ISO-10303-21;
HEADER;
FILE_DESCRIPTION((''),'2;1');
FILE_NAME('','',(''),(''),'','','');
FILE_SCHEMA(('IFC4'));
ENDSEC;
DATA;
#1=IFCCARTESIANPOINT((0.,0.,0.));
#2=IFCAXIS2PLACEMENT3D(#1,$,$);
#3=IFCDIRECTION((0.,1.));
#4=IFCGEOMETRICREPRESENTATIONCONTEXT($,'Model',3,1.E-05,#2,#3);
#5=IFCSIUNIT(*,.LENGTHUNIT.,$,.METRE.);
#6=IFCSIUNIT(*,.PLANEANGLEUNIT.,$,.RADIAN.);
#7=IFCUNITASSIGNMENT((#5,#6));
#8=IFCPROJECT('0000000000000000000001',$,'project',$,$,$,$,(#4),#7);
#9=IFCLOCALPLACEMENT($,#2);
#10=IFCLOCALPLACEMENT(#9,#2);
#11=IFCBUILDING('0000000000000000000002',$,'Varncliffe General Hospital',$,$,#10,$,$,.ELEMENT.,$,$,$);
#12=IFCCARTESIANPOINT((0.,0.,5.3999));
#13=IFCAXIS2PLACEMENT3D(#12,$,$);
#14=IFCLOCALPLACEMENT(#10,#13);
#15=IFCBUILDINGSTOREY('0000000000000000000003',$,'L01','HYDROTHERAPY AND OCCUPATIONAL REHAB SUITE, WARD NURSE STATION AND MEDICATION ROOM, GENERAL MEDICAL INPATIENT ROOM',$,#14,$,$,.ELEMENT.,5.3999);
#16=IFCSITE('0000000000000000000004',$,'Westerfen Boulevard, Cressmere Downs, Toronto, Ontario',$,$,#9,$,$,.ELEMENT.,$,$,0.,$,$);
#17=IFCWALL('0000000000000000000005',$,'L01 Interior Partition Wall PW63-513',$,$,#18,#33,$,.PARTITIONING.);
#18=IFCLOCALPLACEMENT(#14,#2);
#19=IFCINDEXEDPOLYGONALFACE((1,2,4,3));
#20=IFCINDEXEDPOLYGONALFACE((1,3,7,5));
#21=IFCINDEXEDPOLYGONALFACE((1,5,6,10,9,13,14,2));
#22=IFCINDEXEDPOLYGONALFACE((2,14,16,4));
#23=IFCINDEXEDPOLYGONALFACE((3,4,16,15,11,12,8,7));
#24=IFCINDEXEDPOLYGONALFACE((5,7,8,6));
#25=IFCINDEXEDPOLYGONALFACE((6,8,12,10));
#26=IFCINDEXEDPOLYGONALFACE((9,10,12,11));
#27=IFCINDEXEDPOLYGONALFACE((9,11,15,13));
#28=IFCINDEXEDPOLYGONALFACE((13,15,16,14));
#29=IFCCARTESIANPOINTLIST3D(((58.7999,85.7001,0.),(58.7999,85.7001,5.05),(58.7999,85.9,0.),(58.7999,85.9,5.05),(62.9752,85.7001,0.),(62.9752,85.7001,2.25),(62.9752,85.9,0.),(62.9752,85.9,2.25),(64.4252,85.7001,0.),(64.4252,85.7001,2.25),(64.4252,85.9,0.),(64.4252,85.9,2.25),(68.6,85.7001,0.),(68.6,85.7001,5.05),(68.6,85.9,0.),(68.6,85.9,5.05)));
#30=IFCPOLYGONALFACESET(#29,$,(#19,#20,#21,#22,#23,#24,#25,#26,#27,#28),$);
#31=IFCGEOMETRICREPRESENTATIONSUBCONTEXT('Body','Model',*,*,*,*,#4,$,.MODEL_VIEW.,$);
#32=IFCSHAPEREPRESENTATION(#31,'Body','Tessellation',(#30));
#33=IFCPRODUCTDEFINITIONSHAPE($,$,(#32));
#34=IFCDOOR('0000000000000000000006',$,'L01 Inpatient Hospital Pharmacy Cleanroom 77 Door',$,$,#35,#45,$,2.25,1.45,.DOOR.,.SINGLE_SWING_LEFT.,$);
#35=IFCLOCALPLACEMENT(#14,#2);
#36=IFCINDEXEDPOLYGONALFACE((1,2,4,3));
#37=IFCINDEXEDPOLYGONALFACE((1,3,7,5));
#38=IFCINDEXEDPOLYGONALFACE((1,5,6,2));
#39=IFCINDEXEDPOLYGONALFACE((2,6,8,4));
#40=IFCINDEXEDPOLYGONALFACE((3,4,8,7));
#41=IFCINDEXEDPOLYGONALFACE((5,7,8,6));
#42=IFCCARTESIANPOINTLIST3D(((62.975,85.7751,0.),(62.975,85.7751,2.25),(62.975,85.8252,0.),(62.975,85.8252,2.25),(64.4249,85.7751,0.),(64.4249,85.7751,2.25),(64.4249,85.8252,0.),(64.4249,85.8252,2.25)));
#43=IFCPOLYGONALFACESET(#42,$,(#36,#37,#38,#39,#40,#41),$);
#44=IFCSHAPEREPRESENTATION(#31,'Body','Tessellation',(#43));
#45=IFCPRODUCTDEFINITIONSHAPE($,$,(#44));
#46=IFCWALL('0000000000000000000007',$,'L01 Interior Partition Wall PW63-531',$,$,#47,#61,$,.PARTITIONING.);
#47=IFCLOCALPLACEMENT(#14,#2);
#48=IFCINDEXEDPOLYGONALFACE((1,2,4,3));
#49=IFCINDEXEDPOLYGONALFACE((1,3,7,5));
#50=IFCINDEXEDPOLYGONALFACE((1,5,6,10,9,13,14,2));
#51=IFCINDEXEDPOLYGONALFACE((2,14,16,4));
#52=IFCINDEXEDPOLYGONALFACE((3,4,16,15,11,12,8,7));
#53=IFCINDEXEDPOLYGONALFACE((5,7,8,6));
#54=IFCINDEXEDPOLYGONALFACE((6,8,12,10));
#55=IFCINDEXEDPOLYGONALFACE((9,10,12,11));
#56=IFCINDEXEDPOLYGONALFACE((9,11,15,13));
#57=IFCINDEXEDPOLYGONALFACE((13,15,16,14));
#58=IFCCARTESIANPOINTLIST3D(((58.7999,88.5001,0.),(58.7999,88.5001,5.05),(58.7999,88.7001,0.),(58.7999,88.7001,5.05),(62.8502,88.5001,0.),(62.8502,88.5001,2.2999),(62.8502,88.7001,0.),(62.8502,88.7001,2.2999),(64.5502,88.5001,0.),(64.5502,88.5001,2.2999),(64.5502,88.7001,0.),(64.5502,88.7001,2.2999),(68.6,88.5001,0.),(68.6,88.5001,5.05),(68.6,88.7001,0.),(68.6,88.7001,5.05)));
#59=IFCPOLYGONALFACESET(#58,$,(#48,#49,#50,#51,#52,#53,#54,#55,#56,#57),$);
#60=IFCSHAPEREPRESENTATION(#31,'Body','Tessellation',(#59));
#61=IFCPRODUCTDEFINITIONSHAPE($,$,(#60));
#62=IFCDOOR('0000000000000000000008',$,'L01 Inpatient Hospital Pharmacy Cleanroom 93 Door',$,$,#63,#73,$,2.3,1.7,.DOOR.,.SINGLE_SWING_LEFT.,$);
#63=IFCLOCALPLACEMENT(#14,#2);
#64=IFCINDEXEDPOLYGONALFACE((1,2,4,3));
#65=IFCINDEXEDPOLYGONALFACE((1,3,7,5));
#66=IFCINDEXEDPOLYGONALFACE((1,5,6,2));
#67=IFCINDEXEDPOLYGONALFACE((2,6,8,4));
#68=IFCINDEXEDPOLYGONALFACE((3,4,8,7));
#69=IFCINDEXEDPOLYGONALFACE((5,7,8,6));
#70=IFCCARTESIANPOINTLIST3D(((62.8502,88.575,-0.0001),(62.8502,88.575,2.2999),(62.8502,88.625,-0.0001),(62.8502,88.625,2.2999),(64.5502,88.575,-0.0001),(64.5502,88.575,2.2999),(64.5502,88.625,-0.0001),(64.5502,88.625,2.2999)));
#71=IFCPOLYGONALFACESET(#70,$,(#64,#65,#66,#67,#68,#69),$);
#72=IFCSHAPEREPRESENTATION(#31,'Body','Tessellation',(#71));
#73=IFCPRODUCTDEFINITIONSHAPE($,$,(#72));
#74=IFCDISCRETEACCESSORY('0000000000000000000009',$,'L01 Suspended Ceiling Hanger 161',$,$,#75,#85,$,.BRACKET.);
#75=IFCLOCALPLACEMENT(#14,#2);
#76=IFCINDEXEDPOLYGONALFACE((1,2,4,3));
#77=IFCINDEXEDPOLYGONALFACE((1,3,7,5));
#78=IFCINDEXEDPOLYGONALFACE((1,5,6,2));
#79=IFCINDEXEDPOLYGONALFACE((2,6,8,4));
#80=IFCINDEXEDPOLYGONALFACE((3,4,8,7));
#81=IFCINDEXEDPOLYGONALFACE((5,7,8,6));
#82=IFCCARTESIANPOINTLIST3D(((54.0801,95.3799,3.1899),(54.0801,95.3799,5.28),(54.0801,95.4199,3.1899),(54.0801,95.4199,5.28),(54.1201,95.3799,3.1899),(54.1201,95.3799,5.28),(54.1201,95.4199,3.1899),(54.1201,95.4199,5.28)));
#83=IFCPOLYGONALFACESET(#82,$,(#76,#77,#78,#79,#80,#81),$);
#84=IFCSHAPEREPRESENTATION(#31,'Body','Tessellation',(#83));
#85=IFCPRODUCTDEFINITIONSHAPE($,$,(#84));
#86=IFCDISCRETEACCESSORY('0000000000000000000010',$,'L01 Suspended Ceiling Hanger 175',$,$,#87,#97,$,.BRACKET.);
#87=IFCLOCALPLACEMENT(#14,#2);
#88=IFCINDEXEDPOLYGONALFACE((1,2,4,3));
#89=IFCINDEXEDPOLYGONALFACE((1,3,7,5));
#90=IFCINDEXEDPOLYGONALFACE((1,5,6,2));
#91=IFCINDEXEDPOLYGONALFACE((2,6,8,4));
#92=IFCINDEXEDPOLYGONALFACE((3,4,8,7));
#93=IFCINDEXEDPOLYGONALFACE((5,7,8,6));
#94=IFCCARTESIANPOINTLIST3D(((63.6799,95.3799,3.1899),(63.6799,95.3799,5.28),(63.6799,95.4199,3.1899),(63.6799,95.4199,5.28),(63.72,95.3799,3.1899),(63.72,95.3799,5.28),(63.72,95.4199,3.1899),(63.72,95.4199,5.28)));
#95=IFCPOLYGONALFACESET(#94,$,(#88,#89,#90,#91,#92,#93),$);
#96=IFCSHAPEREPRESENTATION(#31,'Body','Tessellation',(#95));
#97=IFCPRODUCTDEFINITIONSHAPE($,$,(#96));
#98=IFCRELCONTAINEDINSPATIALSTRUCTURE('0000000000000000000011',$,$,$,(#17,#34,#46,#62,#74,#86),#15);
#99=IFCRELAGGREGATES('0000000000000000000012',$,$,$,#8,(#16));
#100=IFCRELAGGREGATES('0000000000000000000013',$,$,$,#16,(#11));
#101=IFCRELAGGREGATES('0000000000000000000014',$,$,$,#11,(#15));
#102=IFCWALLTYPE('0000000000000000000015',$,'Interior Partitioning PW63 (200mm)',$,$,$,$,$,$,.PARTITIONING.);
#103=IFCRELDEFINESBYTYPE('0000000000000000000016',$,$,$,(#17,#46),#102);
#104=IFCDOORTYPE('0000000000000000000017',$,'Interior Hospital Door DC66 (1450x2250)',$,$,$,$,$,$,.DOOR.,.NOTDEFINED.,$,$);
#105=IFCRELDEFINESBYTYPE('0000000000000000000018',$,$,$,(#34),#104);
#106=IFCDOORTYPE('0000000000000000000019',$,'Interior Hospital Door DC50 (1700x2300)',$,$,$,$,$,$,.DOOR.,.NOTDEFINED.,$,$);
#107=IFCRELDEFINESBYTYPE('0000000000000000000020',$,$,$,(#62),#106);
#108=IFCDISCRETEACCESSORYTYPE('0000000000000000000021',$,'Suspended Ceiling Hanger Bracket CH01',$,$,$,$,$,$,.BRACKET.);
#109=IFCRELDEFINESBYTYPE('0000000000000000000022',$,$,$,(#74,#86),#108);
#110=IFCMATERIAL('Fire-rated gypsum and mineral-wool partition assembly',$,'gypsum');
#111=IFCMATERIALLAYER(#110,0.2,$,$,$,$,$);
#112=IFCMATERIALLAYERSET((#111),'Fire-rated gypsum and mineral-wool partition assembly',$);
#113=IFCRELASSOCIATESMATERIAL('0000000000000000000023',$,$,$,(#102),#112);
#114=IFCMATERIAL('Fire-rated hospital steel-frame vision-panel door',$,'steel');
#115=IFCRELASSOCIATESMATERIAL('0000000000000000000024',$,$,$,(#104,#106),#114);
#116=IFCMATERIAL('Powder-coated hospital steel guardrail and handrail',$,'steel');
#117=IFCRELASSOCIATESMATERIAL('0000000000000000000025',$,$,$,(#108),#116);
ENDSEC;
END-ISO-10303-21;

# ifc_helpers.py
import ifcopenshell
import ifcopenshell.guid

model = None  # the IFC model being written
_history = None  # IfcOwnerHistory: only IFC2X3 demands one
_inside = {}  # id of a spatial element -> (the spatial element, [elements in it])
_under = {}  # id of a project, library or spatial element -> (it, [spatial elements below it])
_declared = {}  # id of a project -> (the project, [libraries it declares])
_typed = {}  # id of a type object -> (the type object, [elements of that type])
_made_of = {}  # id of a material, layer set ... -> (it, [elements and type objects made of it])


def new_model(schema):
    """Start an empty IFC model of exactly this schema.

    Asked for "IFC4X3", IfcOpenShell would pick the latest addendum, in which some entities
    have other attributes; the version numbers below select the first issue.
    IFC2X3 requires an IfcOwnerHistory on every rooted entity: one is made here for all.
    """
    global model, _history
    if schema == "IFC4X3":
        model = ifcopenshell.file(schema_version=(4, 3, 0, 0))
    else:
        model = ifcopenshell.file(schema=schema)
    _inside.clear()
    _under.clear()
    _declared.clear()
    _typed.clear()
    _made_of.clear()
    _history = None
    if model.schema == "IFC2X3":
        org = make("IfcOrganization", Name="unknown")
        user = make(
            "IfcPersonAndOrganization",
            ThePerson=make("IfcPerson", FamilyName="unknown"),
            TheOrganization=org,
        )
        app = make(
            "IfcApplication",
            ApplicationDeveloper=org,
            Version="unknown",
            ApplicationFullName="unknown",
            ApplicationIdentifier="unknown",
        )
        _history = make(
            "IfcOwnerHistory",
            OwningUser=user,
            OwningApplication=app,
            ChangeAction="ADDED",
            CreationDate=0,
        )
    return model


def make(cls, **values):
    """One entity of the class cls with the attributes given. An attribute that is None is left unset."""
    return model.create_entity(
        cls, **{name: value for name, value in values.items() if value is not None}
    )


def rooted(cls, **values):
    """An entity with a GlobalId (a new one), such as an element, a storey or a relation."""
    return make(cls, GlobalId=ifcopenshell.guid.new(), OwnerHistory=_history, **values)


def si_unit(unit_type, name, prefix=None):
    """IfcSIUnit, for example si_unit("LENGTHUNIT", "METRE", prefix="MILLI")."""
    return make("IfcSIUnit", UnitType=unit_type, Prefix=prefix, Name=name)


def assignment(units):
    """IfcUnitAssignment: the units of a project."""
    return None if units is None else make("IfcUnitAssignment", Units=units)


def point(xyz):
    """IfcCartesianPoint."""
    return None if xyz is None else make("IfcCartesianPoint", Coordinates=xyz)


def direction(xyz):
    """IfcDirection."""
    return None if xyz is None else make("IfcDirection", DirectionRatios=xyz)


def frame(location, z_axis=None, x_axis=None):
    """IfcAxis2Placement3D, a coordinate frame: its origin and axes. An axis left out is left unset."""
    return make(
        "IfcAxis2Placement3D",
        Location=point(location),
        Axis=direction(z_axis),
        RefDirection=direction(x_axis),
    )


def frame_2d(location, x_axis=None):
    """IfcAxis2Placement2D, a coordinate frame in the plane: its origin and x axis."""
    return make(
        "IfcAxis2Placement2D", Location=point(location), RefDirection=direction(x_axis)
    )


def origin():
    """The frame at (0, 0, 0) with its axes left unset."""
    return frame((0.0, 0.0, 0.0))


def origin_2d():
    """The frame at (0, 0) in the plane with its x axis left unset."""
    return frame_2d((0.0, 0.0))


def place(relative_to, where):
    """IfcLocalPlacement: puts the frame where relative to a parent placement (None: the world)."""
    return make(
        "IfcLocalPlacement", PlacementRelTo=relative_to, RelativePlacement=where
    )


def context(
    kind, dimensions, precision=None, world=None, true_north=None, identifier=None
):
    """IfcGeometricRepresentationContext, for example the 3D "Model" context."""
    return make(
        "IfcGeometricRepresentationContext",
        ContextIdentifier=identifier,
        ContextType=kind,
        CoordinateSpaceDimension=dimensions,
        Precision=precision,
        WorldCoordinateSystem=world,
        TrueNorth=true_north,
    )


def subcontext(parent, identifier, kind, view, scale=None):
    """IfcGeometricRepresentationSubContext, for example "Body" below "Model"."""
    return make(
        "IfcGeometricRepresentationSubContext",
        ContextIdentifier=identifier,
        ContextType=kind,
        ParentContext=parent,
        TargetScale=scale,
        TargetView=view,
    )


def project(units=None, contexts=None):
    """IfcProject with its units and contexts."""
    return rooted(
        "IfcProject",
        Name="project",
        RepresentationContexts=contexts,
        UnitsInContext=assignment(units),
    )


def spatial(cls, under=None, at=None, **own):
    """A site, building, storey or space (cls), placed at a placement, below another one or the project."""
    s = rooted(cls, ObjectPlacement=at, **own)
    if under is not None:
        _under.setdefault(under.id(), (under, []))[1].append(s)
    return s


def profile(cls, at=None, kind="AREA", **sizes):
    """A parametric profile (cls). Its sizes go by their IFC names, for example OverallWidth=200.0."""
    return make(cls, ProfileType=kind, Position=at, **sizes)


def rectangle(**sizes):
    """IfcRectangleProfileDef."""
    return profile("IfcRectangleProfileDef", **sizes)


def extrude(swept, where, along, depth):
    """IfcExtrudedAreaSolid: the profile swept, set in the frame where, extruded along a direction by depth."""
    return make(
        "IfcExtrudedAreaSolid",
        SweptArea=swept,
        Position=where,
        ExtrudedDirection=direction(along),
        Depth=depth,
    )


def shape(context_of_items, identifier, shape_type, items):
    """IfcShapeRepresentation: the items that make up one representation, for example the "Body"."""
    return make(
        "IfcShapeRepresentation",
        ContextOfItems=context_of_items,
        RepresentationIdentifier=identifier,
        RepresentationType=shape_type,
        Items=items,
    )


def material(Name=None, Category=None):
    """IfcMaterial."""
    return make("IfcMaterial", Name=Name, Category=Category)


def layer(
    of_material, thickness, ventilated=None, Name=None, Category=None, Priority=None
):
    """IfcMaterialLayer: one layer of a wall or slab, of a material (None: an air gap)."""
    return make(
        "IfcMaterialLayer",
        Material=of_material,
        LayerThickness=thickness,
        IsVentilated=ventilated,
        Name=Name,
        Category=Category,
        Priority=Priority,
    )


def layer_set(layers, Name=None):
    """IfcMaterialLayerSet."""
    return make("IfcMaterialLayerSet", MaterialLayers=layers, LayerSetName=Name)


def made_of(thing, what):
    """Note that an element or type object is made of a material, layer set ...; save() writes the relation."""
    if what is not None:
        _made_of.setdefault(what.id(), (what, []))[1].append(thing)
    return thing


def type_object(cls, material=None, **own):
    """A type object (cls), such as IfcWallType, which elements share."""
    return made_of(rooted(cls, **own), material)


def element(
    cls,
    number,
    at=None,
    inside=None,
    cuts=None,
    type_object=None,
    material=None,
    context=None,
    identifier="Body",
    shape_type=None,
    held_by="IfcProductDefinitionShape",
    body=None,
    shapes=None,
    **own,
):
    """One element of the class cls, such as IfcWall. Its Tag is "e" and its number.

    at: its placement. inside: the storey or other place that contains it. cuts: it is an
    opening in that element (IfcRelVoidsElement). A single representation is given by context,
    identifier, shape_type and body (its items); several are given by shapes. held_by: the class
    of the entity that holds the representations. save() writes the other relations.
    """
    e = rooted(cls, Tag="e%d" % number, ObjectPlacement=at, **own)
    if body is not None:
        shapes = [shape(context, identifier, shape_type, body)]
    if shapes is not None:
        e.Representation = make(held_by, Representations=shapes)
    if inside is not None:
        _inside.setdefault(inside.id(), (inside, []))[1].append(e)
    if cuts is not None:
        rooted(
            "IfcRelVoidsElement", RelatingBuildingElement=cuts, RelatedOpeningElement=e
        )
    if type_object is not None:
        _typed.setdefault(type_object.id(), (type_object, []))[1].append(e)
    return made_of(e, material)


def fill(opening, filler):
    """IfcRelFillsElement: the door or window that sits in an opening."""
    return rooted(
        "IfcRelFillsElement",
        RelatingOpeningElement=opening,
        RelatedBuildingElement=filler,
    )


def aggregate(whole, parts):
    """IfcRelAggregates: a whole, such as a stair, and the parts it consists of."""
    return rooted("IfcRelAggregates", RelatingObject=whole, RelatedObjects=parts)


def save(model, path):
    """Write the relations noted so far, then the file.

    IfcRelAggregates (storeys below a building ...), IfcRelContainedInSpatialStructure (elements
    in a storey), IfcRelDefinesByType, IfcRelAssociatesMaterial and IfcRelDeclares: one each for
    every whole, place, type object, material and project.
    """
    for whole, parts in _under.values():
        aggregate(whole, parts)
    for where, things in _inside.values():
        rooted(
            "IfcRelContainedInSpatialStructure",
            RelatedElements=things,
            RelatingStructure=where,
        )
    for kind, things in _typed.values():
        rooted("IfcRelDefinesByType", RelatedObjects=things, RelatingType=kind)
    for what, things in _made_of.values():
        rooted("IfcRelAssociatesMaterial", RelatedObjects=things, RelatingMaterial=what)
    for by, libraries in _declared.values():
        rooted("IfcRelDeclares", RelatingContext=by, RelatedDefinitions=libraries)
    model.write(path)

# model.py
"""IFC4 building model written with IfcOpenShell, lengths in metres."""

from ifc_helpers import new_model, si_unit, direction, frame, frame_2d, origin, origin_2d, place, context, subcontext, project, spatial, rectangle, extrude, material, layer, layer_set, type_object, element, fill, save


model = new_model("IFC4")

# Units and contexts
model_context = context("Model", 3, precision=1e-05, world=origin(), true_north=direction((0.0, 1.0)))
body_context = subcontext(model_context, "Body", "Model", "MODEL_VIEW")
ifc_project = project(units=[si_unit("LENGTHUNIT", "METRE"), si_unit("PLANEANGLEUNIT", "RADIAN")], contexts=[model_context])

# Site, building, storey
site_placement = place(None, origin())
site = spatial("IfcSite", under=ifc_project, at=site_placement, Name="Westerfen Boulevard, Cressmere Downs, Toronto, Ontario", CompositionType="ELEMENT", RefElevation=0.0)
building_placement = place(site_placement, origin())
building = spatial("IfcBuilding", under=site, at=building_placement, Name="Varncliffe General Hospital", CompositionType="ELEMENT")
storey_placement = place(building_placement, frame((0.0, 0.0, 5.3999)))
storey = spatial("IfcBuildingStorey", under=building, at=storey_placement, Name="L01", Description="HYDROTHERAPY AND OCCUPATIONAL REHAB SUITE, WARD NURSE STATION AND MEDICATION ROOM, GENERAL MEDICAL INPATIENT ROOM", CompositionType="ELEMENT", Elevation=5.3999)

# Walls, openings, doors
ifc_material_1 = material(Name="Fire-rated gypsum and mineral-wool partition assembly", Category="gypsum")
ifc_layer_1 = layer(ifc_material_1, 0.2)
ifc_layer_set_1 = layer_set([ifc_layer_1], Name="Fire-rated gypsum and mineral-wool partition assembly")
wall_type_1 = type_object("IfcWallType", Name="Interior Partitioning PW63 (200mm)", PredefinedType="PARTITIONING", material=ifc_layer_set_1)
wall_1_placement = place(storey_placement, frame((58.8, 85.8, 0.0), z_axis=(0.0, 0.0, 1.0), x_axis=(1.0, 0.0, 0.0)))
wall_1 = element("IfcWall", 1, at=wall_1_placement, inside=storey, type_object=wall_type_1, Name="L01 Interior Partition Wall PW63-513", PredefinedType="PARTITIONING", context=body_context, shape_type="SweptSolid", body=[
    extrude(rectangle(XDim=9.8, YDim=0.2, at=frame_2d((4.8999, 0.0))), origin(), (0.0, 0.0, 1.0), 5.05),
])
opening_1_placement = place(wall_1_placement, frame((4.175, 0.0, 0.0)))
opening_1 = element("IfcOpeningElement", 2, at=opening_1_placement, cuts=wall_1, PredefinedType="OPENING", context=body_context, shape_type="SweptSolid", body=[
    extrude(rectangle(XDim=1.45, YDim=2.25, at=frame_2d((0.7251, 1.125))), frame((0.0, 0.1099, 0.0), z_axis=(0.0, -1.0, 0.0), x_axis=(1.0, 0.0, 0.0)), (0.0, 0.0, 1.0), 0.22),
])
ifc_material_2 = material(Name="Fire-rated hospital steel-frame vision-panel door", Category="steel")
door_type_1 = type_object("IfcDoorType", Name="Interior Hospital Door DC66 (1450x2250)", OperationType="NOTDEFINED", PredefinedType="DOOR", material=ifc_material_2)
door_1_placement = place(opening_1_placement, frame((1.45, 0.0, 0.0), z_axis=(0.0, 0.0, 1.0), x_axis=(-1.0, 0.0, 0.0)))
door_1 = element("IfcDoor", 3, at=door_1_placement, inside=storey, type_object=door_type_1, Name="L01 Inpatient Hospital Pharmacy Cleanroom 77 Door", OperationType="SINGLE_SWING_LEFT", OverallHeight=2.25, OverallWidth=1.45, PredefinedType="DOOR", context=body_context, shape_type="SweptSolid", body=[
    extrude(rectangle(XDim=1.45, YDim=2.25, at=frame_2d((0.7251, 1.125))), frame((0.0, 0.0249, 0.0), z_axis=(0.0, -1.0, 0.0), x_axis=(1.0, 0.0, 0.0)), (0.0, 0.0, 1.0), 0.05),
])
fill(opening_1, door_1)
wall_2_placement = place(storey_placement, frame((58.8, 88.6001, 0.0), z_axis=(0.0, 0.0, 1.0), x_axis=(1.0, 0.0, 0.0)))
wall_2 = element("IfcWall", 4, at=wall_2_placement, inside=storey, type_object=wall_type_1, Name="L01 Interior Partition Wall PW63-531", PredefinedType="PARTITIONING", context=body_context, shape_type="SweptSolid", body=[
    extrude(rectangle(XDim=9.8, YDim=0.2, at=frame_2d((4.8999, 0.0))), origin(), (0.0, 0.0, 1.0), 5.05),
])
opening_2_placement = place(wall_2_placement, frame((4.05, 0.0, 0.0)))
opening_2 = element("IfcOpeningElement", 5, at=opening_2_placement, cuts=wall_2, PredefinedType="OPENING", context=body_context, shape_type="SweptSolid", body=[
    extrude(rectangle(XDim=1.7, YDim=2.3, at=frame_2d((0.8501, 1.1499))), frame((0.0, 0.1099, 0.0), z_axis=(0.0, -1.0, 0.0), x_axis=(1.0, 0.0, 0.0)), (0.0, 0.0, 1.0), 0.22),
])
door_type_2 = type_object("IfcDoorType", Name="Interior Hospital Door DC50 (1700x2300)", OperationType="NOTDEFINED", PredefinedType="DOOR", material=ifc_material_2)
door_2_placement = place(opening_2_placement, origin())
door_2 = element("IfcDoor", 6, at=door_2_placement, inside=storey, type_object=door_type_2, Name="L01 Inpatient Hospital Pharmacy Cleanroom 93 Door", OperationType="SINGLE_SWING_LEFT", OverallHeight=2.3, OverallWidth=1.7, PredefinedType="DOOR", context=body_context, shape_type="SweptSolid", body=[
    extrude(rectangle(XDim=1.7, YDim=2.3, at=frame_2d((0.8501, 1.1499))), frame((0.0, 0.0249, 0.0), z_axis=(0.0, -1.0, 0.0), x_axis=(1.0, 0.0, 0.0)), (0.0, 0.0, 1.0), 0.05),
])
fill(opening_2, door_2)

# Discrete accessories
ifc_material_3 = material(Name="Powder-coated hospital steel guardrail and handrail", Category="steel")
discrete_accessory_type = type_object("IfcDiscreteAccessoryType", Name="Suspended Ceiling Hanger Bracket CH01", PredefinedType="BRACKET", material=ifc_material_3)
for number, where, z_axis, x_axis, name in (
    (7, (54.1001, 95.3999, 3.1899), (0.0, 0.0, 1.0), (1.0, 0.0, 0.0), "L01 Suspended Ceiling Hanger 161"),
    (8, (63.7, 95.3999, 3.1899), (0.0, 0.0, 1.0), (1.0, 0.0, 0.0), "L01 Suspended Ceiling Hanger 175"),
):
    element("IfcDiscreteAccessory", number, at=place(storey_placement, frame(where, z_axis=z_axis, x_axis=x_axis)), inside=storey, type_object=discrete_accessory_type, Name=name, PredefinedType="BRACKET", context=body_context, shape_type="SweptSolid", body=[
        extrude(rectangle(XDim=0.04, YDim=0.04, at=origin_2d()), origin(), (0.0, 0.0, 1.0), 2.0901),
    ])

save(model, "model.ifc")
